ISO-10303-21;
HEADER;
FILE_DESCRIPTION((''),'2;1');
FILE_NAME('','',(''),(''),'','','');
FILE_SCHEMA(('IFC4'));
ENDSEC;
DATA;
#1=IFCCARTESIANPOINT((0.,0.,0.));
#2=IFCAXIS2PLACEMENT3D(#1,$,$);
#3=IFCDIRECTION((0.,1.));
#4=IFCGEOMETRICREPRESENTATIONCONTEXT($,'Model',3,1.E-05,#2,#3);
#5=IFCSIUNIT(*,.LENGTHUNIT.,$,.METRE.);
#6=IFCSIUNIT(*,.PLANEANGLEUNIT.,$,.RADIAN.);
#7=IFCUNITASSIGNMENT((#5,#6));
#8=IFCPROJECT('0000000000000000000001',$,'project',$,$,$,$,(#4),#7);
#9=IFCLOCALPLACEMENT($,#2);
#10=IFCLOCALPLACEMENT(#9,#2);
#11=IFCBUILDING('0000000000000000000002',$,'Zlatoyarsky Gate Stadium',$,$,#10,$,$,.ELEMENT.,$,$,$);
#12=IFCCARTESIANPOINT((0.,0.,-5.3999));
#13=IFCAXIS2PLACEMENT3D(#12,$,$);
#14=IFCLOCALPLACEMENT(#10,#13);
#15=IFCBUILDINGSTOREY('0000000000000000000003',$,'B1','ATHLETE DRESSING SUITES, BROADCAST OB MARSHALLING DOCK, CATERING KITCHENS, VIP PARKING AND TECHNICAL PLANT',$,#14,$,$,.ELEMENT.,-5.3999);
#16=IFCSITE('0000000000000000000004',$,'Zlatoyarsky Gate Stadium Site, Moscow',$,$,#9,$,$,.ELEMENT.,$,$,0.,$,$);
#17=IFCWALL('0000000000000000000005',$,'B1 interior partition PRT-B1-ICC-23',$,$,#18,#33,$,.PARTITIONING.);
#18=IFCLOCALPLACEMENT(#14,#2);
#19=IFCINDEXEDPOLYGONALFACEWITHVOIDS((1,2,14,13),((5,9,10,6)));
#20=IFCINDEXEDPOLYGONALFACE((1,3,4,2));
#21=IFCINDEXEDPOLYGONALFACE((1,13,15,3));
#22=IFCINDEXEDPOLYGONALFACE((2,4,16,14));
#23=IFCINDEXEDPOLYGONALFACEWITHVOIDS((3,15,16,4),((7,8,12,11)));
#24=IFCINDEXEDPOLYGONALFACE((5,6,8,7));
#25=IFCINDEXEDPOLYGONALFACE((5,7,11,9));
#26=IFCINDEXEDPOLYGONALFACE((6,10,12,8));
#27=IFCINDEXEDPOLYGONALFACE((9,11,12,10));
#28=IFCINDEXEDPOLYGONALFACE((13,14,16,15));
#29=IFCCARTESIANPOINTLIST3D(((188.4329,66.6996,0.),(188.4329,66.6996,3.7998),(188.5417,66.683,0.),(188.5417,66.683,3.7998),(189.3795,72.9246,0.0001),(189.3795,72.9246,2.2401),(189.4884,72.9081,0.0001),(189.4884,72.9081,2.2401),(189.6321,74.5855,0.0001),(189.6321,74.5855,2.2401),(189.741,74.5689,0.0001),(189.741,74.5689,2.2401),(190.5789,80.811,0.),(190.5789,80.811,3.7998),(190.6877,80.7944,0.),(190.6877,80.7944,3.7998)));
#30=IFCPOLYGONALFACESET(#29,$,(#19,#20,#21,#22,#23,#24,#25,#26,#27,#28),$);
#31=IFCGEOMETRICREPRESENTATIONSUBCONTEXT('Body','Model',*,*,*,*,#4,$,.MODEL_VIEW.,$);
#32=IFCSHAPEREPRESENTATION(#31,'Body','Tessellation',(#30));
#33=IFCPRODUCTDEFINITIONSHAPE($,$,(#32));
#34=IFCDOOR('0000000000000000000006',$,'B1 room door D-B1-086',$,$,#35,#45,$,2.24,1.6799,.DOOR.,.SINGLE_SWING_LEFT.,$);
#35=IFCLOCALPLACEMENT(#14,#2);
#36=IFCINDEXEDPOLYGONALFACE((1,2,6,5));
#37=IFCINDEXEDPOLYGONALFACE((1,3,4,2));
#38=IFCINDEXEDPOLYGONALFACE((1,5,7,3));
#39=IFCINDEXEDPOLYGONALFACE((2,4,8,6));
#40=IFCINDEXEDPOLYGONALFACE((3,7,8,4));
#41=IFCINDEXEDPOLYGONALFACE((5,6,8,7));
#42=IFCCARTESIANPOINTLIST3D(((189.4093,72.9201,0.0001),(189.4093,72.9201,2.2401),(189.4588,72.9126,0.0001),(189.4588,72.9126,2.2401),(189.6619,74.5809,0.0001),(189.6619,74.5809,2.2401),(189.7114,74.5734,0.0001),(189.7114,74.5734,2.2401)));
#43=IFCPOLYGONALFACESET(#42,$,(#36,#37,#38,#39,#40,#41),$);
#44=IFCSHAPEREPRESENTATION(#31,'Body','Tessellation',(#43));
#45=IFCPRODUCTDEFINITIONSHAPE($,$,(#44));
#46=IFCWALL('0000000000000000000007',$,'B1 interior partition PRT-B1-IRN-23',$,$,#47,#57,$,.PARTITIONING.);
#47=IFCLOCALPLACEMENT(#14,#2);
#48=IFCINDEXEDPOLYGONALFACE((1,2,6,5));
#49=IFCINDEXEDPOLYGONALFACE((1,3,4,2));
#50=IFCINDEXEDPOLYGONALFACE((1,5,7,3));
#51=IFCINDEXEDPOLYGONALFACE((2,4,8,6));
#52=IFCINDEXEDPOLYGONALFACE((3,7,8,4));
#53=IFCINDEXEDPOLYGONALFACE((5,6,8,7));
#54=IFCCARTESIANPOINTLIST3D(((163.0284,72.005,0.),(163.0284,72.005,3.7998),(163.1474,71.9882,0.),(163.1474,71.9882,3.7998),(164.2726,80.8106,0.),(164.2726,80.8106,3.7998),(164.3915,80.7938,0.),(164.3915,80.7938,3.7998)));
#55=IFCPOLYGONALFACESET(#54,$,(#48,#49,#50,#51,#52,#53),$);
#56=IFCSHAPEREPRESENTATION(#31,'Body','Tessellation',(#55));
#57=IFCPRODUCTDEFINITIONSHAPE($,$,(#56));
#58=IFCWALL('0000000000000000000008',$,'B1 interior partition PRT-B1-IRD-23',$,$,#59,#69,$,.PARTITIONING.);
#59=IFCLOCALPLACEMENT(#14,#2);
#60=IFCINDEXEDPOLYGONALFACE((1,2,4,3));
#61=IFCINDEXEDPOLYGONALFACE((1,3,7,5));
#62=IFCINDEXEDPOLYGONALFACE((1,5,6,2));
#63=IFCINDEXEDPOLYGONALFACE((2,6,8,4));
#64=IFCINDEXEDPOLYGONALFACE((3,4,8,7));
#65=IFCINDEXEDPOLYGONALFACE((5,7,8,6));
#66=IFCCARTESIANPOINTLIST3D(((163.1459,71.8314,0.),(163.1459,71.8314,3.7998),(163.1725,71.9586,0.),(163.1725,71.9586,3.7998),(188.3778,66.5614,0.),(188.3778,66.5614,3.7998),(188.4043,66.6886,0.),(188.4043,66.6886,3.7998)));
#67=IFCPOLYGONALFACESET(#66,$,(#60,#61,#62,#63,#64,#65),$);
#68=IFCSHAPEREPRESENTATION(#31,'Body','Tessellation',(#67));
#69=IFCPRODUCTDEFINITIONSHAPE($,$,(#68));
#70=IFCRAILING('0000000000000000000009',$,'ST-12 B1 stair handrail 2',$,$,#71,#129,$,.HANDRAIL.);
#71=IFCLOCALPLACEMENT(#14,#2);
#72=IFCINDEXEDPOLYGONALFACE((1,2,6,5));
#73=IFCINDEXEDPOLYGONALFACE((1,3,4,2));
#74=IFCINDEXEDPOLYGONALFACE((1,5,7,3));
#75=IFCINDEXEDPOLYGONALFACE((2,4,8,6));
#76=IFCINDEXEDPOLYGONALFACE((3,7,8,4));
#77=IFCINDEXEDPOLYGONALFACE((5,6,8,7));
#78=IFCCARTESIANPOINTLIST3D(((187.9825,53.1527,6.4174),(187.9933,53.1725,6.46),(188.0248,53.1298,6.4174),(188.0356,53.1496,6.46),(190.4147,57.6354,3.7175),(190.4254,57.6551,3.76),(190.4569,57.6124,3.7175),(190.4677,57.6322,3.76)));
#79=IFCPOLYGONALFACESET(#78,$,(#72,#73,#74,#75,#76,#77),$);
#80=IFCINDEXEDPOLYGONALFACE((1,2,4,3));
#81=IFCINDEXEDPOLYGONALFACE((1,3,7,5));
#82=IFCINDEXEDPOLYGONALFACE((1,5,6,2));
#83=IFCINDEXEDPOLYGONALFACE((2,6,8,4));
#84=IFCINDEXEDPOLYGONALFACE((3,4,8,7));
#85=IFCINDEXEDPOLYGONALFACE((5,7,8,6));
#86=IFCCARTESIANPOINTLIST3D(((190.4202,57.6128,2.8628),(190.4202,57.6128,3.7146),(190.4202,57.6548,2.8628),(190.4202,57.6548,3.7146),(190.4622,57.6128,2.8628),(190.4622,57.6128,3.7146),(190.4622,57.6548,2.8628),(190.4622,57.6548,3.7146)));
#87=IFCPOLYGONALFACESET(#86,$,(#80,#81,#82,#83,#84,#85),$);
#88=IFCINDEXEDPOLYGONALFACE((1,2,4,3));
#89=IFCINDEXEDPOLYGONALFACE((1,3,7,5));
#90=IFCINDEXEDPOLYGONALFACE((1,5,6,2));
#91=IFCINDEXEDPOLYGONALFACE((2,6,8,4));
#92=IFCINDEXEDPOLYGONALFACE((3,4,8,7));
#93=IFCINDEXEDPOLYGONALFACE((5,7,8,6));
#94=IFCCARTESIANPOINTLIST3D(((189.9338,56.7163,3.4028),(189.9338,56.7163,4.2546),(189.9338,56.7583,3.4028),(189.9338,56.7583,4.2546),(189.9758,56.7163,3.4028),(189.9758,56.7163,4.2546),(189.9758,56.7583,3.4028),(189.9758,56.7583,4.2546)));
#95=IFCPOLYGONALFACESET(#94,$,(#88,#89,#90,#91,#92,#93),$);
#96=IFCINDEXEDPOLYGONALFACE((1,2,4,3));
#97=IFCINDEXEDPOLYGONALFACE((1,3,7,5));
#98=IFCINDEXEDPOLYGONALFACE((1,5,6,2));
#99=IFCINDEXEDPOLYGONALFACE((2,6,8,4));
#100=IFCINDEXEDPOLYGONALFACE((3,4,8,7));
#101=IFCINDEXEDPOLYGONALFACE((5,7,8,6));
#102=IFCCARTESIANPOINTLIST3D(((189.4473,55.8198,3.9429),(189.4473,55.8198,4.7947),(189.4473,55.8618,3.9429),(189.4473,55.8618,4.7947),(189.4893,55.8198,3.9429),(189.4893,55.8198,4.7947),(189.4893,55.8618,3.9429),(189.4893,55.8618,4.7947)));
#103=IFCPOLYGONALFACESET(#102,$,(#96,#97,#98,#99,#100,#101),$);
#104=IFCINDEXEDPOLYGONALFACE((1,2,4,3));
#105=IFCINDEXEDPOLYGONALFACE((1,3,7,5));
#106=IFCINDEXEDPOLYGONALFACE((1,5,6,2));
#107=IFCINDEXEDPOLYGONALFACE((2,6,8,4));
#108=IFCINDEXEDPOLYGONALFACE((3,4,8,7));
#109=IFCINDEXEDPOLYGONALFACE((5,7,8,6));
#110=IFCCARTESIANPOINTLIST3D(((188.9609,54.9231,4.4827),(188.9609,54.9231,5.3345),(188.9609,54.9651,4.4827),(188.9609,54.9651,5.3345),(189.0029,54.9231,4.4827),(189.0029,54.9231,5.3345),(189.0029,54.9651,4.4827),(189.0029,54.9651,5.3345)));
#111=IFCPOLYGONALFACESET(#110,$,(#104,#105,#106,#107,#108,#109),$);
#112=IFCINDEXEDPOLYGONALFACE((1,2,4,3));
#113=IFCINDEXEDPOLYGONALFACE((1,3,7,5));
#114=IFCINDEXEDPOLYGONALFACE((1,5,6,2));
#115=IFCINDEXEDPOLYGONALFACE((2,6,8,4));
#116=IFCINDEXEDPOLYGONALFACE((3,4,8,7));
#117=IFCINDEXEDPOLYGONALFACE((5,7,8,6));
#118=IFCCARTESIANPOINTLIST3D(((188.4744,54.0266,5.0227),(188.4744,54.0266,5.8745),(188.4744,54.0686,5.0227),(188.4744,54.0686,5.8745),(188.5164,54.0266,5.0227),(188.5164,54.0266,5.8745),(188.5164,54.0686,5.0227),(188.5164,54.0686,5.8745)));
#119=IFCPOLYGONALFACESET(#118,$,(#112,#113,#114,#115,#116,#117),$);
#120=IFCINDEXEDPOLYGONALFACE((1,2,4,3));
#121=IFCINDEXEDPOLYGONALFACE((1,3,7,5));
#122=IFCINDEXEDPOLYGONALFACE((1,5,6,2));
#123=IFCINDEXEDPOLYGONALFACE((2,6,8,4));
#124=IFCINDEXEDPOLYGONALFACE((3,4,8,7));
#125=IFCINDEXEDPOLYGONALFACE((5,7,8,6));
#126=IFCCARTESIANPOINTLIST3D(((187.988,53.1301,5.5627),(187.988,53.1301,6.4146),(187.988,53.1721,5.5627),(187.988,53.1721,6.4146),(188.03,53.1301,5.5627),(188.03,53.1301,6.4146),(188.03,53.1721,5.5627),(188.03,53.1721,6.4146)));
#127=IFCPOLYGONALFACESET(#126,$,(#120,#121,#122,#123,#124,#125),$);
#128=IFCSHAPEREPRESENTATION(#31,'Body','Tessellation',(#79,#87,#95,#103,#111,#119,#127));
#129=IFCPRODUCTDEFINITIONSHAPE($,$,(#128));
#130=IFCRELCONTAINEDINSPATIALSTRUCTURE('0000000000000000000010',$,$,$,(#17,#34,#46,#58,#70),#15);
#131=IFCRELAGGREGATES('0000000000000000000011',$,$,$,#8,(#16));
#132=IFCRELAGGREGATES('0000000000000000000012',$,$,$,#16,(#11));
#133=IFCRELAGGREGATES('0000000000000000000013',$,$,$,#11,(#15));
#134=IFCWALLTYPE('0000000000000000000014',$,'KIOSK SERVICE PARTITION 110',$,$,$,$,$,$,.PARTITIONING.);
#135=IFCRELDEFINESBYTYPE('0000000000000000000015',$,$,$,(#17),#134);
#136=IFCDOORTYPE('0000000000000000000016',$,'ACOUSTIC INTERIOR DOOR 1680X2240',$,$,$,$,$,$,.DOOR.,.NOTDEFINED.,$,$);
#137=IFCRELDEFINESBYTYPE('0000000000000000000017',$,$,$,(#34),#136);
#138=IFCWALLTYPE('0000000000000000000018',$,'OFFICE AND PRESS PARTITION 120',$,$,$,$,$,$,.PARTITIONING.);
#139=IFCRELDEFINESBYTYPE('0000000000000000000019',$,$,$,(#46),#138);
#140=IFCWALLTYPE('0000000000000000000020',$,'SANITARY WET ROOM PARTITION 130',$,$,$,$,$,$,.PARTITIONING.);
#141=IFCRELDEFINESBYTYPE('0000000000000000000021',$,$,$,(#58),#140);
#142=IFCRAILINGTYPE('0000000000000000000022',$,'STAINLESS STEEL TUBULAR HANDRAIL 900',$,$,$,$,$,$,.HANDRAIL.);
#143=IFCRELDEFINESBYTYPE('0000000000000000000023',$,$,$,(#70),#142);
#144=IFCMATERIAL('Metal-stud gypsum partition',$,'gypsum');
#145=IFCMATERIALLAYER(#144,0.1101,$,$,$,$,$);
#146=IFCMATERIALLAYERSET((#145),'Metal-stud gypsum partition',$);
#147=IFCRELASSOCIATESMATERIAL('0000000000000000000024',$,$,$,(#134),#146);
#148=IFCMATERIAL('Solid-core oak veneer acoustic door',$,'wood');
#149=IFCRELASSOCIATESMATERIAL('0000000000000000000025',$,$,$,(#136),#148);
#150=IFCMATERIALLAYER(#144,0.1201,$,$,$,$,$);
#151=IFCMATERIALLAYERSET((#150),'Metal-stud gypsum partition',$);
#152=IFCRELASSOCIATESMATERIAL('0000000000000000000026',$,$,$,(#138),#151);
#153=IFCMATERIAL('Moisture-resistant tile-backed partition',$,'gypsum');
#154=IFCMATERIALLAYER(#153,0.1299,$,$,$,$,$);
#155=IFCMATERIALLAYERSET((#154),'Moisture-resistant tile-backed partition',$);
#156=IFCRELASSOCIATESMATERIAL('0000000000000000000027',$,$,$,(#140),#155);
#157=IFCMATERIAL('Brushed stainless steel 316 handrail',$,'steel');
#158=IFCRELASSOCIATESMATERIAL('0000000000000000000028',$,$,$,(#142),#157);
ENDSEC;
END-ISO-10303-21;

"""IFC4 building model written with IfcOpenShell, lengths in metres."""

from ifc_helpers import new_model, si_unit, direction, frame, frame_2d, origin, origin_2d, place, context, subcontext, project, spatial, rectangle, extrude, material, layer, layer_set, type_object, element, fill, save


model = new_model("IFC4")

# Units and contexts
model_context = context("Model", 3, precision=1e-05, world=origin(), true_north=direction((0.0, 1.0)))
body_context = subcontext(model_context, "Body", "Model", "MODEL_VIEW")
ifc_project = project(units=[si_unit("LENGTHUNIT", "METRE"), si_unit("PLANEANGLEUNIT", "RADIAN")], contexts=[model_context])

# Site, building, storey
site_placement = place(None, origin())
site = spatial("IfcSite", under=ifc_project, at=site_placement, Name="Zlatoyarsky Gate Stadium Site, Moscow", CompositionType="ELEMENT", RefElevation=0.0)
building_placement = place(site_placement, origin())
building = spatial("IfcBuilding", under=site, at=building_placement, Name="Zlatoyarsky Gate Stadium", CompositionType="ELEMENT")
storey_placement = place(building_placement, frame((0.0, 0.0, -5.3999)))
storey = spatial("IfcBuildingStorey", under=building, at=storey_placement, Name="B1", Description="ATHLETE DRESSING SUITES, BROADCAST OB MARSHALLING DOCK, CATERING KITCHENS, VIP PARKING AND TECHNICAL PLANT", CompositionType="ELEMENT", Elevation=-5.3999)

# Wall, opening, door
ifc_material_1 = material(Name="Metal-stud gypsum partition", Category="gypsum")
ifc_layer_1 = layer(ifc_material_1, 0.1101)
ifc_layer_set_1 = layer_set([ifc_layer_1], Name="Metal-stud gypsum partition")
wall_type_1 = type_object("IfcWallType", Name="KIOSK SERVICE PARTITION 110", PredefinedType="PARTITIONING", material=ifc_layer_set_1)
wall_1_placement = place(storey_placement, frame((188.4873, 66.6914, 0.0), z_axis=(0.0, 0.0, 1.0), x_axis=(0.150348, 0.988633, 0.0)))
wall_1 = element("IfcWall", 1, at=wall_1_placement, inside=storey, type_object=wall_type_1, Name="B1 interior partition PRT-B1-ICC-23", PredefinedType="PARTITIONING", context=body_context, shape_type="SweptSolid", body=[
    extrude(rectangle(XDim=14.2737, YDim=0.1101, at=frame_2d((7.1367, 0.0))), origin(), (0.0, 0.0, 1.0), 3.7998),
])
opening_1_placement = place(wall_1_placement, frame((6.2966, 0.0, 0.0)))
opening_1 = element("IfcOpeningElement", 2, at=opening_1_placement, cuts=wall_1, PredefinedType="OPENING", context=body_context, shape_type="SweptSolid", body=[
    extrude(rectangle(XDim=1.6799, YDim=2.24, at=frame_2d((0.8398, 1.1201))), frame((0.0, 0.0649, 0.0), z_axis=(0.0, -1.0, 0.0), x_axis=(1.0, 0.0, 0.0)), (0.0, 0.0, 1.0), 0.1301),
])
ifc_material_2 = material(Name="Solid-core oak veneer acoustic door", Category="wood")
door_type_1 = type_object("IfcDoorType", Name="ACOUSTIC INTERIOR DOOR 1680X2240", OperationType="NOTDEFINED", PredefinedType="DOOR", material=ifc_material_2)
door_1_placement = place(opening_1_placement, origin())
door_1 = element("IfcDoor", 3, at=door_1_placement, inside=storey, type_object=door_type_1, Name="B1 room door D-B1-086", OperationType="SINGLE_SWING_LEFT", OverallHeight=2.24, OverallWidth=1.6799, PredefinedType="DOOR", context=body_context, shape_type="SweptSolid", body=[
    extrude(rectangle(XDim=1.6799, YDim=2.24, at=frame_2d((0.8398, 1.1201))), frame((0.0, 0.0249, 0.0), z_axis=(0.0, -1.0, 0.0), x_axis=(1.0, 0.0, 0.0)), (0.0, 0.0, 1.0), 0.05),
])
fill(opening_1, door_1)

# Walls
ifc_layer_2 = layer(ifc_material_1, 0.1201)
ifc_layer_set_2 = layer_set([ifc_layer_2], Name="Metal-stud gypsum partition")
wall_type_2 = type_object("IfcWallType", Name="OFFICE AND PRESS PARTITION 120", PredefinedType="PARTITIONING", material=ifc_layer_set_2)
wall_2_placement = place(storey_placement, frame((163.0879, 71.9966, 0.0), z_axis=(0.0, 0.0, 1.0), x_axis=(0.139899, 0.990166, 0.0)))
element("IfcWall", 4, at=wall_2_placement, inside=storey, type_object=wall_type_2, Name="B1 interior partition PRT-B1-IRN-23", PredefinedType="PARTITIONING", context=body_context, shape_type="SweptSolid", body=[
    extrude(rectangle(XDim=8.8931, YDim=0.1201, at=frame_2d((4.4465, 0.0))), origin(), (0.0, 0.0, 1.0), 3.7998),
])
ifc_material_3 = material(Name="Moisture-resistant tile-backed partition", Category="gypsum")
ifc_layer_3 = layer(ifc_material_3, 0.1299)
ifc_layer_set_3 = layer_set([ifc_layer_3], Name="Moisture-resistant tile-backed partition")
wall_type_3 = type_object("IfcWallType", Name="SANITARY WET ROOM PARTITION 130", PredefinedType="PARTITIONING", material=ifc_layer_set_3)
wall_3_placement = place(storey_placement, frame((163.1592, 71.895, 0.0), z_axis=(0.0, 0.0, 1.0), x_axis=(0.978877, -0.204451, 0.0)))
element("IfcWall", 5, at=wall_3_placement, inside=storey, type_object=wall_type_3, Name="B1 interior partition PRT-B1-IRD-23", PredefinedType="PARTITIONING", context=body_context, shape_type="SweptSolid", body=[
    extrude(rectangle(XDim=25.7764, YDim=0.1299, at=frame_2d((12.8882, 0.0))), origin(), (0.0, 0.0, 1.0), 3.7998),
])

# Railing
ifc_material_4 = material(Name="Brushed stainless steel 316 handrail", Category="steel")
railing_type = type_object("IfcRailingType", Name="STAINLESS STEEL TUBULAR HANDRAIL 900", PredefinedType="HANDRAIL", material=ifc_material_4)
railing_placement = place(storey_placement, frame((190.4412, 57.6338, 2.8628)))
element("IfcRailing", 6, at=railing_placement, inside=storey, type_object=railing_type, Name="ST-12 B1 stair handrail 2", PredefinedType="HANDRAIL", context=body_context, shape_type="SweptSolid", body=[
    extrude(rectangle(XDim=0.0481, YDim=0.0481, at=origin_2d()), frame((0.0, 0.0, 0.876), z_axis=(-0.421472, -0.776817, 0.467884), x_axis=(0.878962, -0.476892, 0.0)), (0.0, 0.0, 1.0), 5.7705),
    extrude(rectangle(XDim=0.042, YDim=0.042, at=origin_2d()), origin(), (0.0, 0.0, 1.0), 0.8518),
    extrude(rectangle(XDim=0.042, YDim=0.042, at=origin_2d()), frame((-0.4863, -0.8965, 0.54)), (0.0, 0.0, 1.0), 0.8518),
    extrude(rectangle(XDim=0.042, YDim=0.042, at=origin_2d()), frame((-0.9729, -1.793, 1.0801)), (0.0, 0.0, 1.0), 0.8518),
    extrude(rectangle(XDim=0.042, YDim=0.042, at=origin_2d()), frame((-1.4592, -2.6897, 1.6199)), (0.0, 0.0, 1.0), 0.8518),
    extrude(rectangle(XDim=0.042, YDim=0.042, at=origin_2d()), frame((-1.9458, -3.5862, 2.1599)), (0.0, 0.0, 1.0), 0.8518),
    extrude(rectangle(XDim=0.042, YDim=0.042, at=origin_2d()), frame((-2.4321, -4.4827, 2.7)), (0.0, 0.0, 1.0), 0.8518),
])

save(model, "model.ifc")
